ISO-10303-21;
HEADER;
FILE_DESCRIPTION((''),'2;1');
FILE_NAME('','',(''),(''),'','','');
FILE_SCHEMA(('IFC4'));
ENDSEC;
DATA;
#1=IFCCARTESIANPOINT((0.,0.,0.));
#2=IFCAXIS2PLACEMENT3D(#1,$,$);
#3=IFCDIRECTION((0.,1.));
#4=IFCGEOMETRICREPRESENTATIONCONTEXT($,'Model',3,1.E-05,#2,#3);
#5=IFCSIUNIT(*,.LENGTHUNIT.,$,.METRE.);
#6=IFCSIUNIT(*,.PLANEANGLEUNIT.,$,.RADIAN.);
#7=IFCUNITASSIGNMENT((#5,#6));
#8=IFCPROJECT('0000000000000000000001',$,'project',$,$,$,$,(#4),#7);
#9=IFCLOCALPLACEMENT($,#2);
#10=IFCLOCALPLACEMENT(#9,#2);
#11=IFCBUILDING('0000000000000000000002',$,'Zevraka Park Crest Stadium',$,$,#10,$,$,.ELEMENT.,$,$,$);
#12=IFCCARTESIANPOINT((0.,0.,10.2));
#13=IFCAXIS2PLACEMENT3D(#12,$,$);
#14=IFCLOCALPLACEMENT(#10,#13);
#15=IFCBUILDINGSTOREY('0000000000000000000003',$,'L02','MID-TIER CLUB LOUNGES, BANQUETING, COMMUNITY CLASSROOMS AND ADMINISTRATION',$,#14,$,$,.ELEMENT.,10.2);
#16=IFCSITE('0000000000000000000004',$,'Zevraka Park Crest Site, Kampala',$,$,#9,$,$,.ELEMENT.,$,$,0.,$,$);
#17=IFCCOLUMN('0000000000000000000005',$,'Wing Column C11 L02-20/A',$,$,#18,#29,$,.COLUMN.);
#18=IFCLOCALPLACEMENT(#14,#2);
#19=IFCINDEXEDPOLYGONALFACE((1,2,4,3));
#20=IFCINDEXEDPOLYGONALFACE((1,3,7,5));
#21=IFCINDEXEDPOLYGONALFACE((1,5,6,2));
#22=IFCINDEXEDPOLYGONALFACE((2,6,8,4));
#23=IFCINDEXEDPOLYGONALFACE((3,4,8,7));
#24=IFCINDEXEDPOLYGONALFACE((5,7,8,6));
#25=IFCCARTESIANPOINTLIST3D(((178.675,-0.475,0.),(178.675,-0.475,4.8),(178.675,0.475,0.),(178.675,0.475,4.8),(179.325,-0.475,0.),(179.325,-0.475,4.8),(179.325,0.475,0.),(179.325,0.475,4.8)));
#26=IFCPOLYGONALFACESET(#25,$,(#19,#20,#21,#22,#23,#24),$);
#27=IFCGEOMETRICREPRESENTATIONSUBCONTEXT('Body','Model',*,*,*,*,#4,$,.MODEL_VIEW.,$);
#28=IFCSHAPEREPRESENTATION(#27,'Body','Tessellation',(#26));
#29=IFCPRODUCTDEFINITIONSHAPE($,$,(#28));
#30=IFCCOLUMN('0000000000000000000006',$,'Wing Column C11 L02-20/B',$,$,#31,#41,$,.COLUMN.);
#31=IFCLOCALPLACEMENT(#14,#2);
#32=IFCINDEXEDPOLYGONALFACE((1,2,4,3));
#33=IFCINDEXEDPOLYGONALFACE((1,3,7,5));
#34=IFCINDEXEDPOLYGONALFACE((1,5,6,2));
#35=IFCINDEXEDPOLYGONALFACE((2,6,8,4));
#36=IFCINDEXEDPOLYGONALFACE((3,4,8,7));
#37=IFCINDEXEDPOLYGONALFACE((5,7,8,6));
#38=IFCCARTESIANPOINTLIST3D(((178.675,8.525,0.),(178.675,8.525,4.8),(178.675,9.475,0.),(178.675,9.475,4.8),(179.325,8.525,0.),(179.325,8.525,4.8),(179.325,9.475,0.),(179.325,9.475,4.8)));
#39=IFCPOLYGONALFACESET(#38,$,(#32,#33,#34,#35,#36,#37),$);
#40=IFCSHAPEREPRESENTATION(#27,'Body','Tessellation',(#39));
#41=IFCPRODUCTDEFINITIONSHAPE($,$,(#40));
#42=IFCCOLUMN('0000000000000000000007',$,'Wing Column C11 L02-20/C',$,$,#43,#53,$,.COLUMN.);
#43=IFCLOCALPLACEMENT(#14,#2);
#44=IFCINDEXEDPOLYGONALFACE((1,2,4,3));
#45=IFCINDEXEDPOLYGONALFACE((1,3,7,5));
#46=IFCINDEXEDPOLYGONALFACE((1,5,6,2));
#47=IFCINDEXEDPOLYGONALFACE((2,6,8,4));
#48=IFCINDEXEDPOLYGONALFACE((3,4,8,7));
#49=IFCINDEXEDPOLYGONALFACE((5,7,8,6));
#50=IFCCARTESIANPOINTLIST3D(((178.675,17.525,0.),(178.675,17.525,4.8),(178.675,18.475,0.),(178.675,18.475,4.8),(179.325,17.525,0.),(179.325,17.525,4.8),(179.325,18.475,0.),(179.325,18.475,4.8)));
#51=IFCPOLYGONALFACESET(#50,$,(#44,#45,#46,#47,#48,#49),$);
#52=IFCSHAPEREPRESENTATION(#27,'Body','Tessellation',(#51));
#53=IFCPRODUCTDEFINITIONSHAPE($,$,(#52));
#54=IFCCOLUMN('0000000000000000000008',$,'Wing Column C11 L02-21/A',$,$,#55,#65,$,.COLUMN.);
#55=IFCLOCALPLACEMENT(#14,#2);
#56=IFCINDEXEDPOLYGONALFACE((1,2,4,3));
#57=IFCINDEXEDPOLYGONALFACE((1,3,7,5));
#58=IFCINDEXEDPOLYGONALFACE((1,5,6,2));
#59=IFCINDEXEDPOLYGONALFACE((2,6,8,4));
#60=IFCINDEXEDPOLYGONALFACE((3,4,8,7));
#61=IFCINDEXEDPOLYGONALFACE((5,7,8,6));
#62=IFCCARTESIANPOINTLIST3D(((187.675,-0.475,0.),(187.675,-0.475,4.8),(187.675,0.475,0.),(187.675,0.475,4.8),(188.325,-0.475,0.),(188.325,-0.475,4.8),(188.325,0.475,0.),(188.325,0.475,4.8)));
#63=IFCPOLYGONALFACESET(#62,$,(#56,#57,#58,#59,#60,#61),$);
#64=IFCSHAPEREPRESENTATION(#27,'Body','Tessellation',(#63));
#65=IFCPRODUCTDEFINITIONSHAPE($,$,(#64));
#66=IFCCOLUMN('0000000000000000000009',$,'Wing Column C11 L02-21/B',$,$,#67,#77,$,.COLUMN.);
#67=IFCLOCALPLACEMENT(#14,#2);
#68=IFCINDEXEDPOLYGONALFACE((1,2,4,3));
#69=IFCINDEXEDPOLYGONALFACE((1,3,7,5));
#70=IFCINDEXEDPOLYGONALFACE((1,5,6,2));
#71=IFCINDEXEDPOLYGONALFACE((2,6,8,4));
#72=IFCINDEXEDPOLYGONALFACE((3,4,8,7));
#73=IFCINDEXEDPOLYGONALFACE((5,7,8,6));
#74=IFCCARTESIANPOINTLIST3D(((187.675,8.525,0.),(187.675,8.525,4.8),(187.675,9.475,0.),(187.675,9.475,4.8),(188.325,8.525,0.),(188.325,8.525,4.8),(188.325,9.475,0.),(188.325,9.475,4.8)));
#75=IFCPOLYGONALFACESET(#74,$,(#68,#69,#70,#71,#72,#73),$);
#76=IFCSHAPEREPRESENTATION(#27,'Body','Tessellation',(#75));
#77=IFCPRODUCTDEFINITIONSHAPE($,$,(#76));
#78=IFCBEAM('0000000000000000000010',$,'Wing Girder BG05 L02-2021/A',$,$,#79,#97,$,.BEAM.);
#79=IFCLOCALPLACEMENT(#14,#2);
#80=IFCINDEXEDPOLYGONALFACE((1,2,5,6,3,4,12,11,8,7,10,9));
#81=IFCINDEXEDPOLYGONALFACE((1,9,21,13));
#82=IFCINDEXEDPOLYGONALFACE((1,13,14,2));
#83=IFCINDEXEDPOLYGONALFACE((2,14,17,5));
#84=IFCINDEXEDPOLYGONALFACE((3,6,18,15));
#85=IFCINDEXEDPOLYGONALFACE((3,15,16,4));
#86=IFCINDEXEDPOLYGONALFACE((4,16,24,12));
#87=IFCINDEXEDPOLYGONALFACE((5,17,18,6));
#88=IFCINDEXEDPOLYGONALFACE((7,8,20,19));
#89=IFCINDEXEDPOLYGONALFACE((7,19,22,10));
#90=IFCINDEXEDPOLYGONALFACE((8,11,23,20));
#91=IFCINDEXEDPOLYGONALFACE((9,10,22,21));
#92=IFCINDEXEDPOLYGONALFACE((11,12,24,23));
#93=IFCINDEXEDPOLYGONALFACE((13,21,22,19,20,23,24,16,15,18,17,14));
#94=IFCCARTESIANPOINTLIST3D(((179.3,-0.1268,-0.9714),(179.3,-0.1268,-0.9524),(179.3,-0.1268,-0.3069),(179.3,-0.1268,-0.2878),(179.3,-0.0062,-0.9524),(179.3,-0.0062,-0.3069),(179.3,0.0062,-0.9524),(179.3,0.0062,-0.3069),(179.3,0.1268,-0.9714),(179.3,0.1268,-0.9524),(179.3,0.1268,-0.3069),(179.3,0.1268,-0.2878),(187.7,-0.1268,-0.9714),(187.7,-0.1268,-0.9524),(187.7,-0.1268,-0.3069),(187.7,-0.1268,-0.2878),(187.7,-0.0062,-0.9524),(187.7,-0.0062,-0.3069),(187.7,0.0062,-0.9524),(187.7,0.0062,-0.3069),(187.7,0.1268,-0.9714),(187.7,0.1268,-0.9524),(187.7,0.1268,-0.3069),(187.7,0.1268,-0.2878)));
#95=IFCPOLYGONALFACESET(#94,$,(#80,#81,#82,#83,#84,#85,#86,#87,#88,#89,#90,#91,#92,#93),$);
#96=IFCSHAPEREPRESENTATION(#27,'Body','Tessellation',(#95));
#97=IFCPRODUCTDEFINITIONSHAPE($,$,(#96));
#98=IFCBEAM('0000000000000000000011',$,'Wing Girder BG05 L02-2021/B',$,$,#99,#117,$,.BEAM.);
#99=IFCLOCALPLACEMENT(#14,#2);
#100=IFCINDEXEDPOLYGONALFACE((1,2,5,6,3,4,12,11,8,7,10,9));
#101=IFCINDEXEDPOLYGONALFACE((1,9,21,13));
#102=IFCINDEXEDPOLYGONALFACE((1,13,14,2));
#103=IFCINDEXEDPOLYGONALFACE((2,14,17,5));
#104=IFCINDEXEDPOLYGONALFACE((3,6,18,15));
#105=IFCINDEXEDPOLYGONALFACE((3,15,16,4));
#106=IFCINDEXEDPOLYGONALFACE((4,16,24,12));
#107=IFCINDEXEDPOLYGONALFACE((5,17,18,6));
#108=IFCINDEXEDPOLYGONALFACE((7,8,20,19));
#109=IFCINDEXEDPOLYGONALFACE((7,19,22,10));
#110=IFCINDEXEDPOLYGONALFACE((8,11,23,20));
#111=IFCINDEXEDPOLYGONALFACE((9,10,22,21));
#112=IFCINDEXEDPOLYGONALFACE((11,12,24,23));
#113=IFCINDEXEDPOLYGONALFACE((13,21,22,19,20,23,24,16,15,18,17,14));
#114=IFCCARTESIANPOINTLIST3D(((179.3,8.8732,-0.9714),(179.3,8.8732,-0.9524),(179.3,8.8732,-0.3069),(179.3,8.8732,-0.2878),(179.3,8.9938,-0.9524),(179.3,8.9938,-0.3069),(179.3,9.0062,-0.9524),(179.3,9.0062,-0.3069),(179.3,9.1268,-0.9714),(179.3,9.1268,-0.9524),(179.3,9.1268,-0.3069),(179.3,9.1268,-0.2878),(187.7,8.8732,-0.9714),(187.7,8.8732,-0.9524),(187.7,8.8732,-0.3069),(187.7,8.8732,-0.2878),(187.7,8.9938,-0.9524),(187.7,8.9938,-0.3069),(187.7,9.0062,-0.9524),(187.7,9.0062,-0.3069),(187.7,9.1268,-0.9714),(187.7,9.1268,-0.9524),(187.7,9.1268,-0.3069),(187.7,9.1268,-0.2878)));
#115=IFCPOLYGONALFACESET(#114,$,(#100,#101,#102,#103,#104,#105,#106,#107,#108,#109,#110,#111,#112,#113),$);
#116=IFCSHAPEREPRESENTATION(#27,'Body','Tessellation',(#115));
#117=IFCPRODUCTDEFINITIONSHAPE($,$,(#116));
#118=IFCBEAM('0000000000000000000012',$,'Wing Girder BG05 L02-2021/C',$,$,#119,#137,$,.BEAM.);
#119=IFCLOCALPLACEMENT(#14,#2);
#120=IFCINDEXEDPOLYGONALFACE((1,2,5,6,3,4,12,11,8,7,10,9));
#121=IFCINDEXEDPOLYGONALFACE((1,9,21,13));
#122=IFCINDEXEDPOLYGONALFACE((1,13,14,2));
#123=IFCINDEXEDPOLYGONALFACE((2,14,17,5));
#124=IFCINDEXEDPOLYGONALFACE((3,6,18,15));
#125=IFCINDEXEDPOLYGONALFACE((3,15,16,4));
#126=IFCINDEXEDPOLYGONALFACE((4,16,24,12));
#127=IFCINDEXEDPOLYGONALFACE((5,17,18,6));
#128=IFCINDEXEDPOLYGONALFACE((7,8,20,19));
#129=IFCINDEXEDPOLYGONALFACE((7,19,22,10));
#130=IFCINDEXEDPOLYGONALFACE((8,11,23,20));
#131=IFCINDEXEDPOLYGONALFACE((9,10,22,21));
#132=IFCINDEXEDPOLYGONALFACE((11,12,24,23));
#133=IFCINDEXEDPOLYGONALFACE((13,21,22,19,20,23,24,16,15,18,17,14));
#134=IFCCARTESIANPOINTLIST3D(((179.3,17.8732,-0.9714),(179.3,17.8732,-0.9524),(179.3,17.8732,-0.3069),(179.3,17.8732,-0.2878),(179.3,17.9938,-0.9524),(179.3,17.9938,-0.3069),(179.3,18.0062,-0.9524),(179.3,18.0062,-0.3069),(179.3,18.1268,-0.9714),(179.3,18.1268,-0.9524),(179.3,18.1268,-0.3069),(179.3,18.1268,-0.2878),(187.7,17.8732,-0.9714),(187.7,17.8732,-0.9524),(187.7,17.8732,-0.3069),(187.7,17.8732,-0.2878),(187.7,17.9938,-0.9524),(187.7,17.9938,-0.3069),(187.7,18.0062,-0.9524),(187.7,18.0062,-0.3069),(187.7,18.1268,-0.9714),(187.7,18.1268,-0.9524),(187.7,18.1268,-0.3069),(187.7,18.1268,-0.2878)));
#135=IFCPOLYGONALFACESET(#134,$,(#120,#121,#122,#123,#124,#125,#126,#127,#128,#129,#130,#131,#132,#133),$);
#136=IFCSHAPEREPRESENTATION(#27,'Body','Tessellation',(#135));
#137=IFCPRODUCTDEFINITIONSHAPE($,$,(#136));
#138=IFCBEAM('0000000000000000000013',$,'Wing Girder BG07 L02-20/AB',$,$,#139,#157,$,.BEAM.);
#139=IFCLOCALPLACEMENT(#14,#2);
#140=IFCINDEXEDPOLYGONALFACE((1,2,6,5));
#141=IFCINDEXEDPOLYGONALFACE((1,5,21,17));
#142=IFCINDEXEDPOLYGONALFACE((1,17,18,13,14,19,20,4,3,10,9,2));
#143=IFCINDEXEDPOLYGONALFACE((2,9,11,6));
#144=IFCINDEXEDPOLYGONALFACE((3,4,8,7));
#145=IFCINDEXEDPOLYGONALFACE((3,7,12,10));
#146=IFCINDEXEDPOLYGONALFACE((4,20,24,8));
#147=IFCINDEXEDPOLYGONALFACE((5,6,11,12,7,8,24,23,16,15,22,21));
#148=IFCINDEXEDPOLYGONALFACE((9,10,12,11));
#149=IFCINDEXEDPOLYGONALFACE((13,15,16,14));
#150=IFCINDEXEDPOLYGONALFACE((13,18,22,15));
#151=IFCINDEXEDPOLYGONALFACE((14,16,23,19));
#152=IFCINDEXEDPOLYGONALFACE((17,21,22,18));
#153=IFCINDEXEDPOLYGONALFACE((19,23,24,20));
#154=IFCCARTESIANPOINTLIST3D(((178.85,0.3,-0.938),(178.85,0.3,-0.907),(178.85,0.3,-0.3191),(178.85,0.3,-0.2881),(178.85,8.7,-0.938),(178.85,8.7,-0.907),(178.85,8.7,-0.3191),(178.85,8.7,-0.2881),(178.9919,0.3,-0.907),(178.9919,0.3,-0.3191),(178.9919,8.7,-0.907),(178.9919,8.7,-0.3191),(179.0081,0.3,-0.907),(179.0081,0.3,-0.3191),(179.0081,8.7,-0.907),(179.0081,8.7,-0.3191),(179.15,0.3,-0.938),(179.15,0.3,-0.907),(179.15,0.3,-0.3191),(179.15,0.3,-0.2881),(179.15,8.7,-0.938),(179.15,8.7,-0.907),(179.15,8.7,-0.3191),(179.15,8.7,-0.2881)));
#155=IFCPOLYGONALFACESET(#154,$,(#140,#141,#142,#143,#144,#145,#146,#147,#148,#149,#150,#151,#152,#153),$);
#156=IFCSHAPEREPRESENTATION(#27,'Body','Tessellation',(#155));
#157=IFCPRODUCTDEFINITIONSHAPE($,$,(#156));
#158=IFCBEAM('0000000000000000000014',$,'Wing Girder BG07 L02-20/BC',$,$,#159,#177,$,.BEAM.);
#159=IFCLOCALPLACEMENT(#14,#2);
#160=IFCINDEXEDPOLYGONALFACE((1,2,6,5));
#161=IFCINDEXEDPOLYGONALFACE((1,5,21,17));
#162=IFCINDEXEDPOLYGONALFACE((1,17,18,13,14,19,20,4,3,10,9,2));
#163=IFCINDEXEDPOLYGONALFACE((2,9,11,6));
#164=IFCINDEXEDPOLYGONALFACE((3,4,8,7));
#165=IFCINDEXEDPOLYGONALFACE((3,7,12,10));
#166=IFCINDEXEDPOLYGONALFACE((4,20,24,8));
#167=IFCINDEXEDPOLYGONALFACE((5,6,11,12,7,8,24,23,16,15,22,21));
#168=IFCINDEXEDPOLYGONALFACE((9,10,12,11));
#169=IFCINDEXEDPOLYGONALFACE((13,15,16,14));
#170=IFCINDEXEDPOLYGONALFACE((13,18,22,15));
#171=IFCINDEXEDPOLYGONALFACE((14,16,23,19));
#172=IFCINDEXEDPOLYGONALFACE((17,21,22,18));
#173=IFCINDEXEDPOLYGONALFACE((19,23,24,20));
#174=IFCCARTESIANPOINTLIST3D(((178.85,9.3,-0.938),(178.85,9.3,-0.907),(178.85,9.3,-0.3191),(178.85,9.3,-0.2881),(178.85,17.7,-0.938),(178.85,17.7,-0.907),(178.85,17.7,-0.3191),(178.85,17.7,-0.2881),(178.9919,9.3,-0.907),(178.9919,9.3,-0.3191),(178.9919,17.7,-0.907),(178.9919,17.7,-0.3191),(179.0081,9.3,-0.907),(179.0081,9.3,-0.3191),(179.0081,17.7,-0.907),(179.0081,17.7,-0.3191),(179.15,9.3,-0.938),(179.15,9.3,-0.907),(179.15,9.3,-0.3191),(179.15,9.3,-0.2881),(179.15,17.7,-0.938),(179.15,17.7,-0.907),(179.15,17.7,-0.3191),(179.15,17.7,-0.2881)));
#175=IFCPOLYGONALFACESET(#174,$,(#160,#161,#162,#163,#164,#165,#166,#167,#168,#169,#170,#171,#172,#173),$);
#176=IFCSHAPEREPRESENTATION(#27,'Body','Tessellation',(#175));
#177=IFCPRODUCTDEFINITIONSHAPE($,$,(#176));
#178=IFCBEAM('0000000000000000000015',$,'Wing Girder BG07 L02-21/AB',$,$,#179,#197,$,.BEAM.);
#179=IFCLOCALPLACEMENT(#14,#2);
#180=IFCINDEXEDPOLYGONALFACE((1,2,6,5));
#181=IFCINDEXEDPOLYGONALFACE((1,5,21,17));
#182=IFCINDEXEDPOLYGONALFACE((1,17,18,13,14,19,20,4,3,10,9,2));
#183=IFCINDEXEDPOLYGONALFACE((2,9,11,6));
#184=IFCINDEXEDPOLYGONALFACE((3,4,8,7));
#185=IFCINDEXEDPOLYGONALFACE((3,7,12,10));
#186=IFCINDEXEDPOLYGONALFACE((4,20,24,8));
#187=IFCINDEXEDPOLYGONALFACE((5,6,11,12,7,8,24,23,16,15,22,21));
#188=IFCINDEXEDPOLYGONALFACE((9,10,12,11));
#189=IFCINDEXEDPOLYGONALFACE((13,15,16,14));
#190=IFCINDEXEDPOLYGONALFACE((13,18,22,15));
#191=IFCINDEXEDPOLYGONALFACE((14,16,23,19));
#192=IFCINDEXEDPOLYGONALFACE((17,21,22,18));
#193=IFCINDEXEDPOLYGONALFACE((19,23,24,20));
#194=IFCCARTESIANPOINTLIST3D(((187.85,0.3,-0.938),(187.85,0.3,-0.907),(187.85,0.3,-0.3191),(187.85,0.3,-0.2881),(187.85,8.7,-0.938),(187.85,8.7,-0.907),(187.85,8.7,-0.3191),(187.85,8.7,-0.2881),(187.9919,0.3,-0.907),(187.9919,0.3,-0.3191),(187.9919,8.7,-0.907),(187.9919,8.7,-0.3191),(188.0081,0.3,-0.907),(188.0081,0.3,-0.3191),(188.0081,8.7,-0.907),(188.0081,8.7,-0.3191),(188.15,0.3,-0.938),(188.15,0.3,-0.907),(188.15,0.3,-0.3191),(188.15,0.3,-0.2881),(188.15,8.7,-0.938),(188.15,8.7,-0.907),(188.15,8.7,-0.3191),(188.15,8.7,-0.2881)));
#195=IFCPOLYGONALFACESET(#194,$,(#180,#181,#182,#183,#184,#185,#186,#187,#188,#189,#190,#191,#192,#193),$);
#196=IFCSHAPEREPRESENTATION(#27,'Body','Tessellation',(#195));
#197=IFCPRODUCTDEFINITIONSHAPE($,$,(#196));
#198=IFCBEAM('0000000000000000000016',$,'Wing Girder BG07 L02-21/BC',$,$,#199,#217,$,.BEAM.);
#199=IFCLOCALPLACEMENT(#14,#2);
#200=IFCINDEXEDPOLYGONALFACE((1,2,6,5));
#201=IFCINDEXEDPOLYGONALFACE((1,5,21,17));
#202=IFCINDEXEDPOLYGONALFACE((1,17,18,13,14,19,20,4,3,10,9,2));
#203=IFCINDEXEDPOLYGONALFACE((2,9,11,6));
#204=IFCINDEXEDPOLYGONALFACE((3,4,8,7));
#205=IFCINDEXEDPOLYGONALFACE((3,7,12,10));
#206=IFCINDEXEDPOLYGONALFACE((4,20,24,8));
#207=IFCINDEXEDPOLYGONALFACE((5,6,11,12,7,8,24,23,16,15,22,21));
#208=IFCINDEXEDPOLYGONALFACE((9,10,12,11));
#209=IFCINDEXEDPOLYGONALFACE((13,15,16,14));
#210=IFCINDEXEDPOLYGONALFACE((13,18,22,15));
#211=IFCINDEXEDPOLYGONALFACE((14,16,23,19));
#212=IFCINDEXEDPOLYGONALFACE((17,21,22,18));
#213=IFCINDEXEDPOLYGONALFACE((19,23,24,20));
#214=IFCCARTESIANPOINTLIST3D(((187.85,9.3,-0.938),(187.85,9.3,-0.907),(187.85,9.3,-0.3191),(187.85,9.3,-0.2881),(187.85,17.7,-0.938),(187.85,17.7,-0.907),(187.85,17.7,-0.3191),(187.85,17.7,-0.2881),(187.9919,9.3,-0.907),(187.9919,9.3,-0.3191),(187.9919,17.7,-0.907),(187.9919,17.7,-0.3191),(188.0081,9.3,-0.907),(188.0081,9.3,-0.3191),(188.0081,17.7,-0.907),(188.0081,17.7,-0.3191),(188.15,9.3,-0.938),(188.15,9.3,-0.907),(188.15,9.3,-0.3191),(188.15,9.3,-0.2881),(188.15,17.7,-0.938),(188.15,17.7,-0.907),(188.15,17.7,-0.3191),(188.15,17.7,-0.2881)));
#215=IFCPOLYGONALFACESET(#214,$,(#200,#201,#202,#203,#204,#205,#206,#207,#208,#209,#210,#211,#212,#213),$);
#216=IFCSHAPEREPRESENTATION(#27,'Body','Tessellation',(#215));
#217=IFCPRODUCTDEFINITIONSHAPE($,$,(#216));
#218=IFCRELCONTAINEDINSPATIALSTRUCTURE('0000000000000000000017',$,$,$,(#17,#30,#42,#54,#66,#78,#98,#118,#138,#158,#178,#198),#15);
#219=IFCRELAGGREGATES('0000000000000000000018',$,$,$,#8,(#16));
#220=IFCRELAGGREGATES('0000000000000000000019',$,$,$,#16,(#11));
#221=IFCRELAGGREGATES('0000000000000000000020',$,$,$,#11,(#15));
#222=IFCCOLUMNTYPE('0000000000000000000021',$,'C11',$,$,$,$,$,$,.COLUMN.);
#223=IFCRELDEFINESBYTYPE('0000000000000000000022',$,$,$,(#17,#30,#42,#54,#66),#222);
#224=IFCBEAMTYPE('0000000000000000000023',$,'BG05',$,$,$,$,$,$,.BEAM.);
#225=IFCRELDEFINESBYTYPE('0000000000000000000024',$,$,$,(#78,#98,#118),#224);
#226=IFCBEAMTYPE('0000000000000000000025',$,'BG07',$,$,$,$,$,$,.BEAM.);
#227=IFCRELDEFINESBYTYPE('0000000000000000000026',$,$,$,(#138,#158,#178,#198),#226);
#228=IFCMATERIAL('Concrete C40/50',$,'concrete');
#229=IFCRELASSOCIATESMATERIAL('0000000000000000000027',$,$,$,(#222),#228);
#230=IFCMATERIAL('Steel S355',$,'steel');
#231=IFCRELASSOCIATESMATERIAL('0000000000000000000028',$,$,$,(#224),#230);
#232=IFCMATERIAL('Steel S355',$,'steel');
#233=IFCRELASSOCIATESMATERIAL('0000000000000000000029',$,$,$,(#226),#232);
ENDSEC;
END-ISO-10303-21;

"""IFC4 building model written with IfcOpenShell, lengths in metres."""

from ifc_helpers import new_model, si_unit, direction, frame, origin, origin_2d, place, context, subcontext, project, spatial, rectangle, i_section, extrude, material, material_profile, profile_set, type_object, element, save


model = new_model("IFC4")

# Units and contexts
model_context = context("Model", 3, precision=1e-05, world=origin(), true_north=direction((0.0, 1.0)))
body_context = subcontext(model_context, "Body", "Model", "MODEL_VIEW")
ifc_project = project(units=[si_unit("LENGTHUNIT", "METRE"), si_unit("PLANEANGLEUNIT", "RADIAN")], contexts=[model_context])

# Site, building, storey
site_placement = place(None, origin())
site = spatial("IfcSite", under=ifc_project, at=site_placement, Name="Zevraka Park Crest Site, Kampala", CompositionType="ELEMENT", RefElevation=0.0)
building_placement = place(site_placement, origin())
building = spatial("IfcBuilding", under=site, at=building_placement, Name="Zevraka Park Crest Stadium", CompositionType="ELEMENT")
storey_placement = place(building_placement, frame((0.0, 0.0, 10.2)))
storey = spatial("IfcBuildingStorey", under=building, at=storey_placement, Name="L02", Description="MID-TIER CLUB LOUNGES, BANQUETING, COMMUNITY CLASSROOMS AND ADMINISTRATION", CompositionType="ELEMENT", Elevation=10.2)

# Columns
ifc_material_1 = material(Name="Concrete C40/50", Category="concrete")
ifc_material_profile_1 = material_profile(ifc_material_1, rectangle(XDim=0.6499, YDim=0.95, at=origin_2d()), Name="RC 950x650")
ifc_profile_set_1 = profile_set([ifc_material_profile_1], Name="Concrete C40/50")
column_type = type_object("IfcColumnType", Name="C11", PredefinedType="COLUMN", material=ifc_profile_set_1)
for number, where, z_axis, x_axis, name in (
    (1, (179.0, 0.0, 0.0), (0.0, 0.0, 1.0), (1.0, 0.0, 0.0), "Wing Column C11 L02-20/A"),
    (2, (179.0, 9.0, 0.0), (0.0, 0.0, 1.0), (1.0, 0.0, 0.0), "Wing Column C11 L02-20/B"),
    (3, (179.0, 18.0, 0.0), (0.0, 0.0, 1.0), (1.0, 0.0, 0.0), "Wing Column C11 L02-20/C"),
    (4, (188.0, 0.0, 0.0), (0.0, 0.0, 1.0), (1.0, 0.0, 0.0), "Wing Column C11 L02-21/A"),
    (5, (188.0, 9.0, 0.0), (0.0, 0.0, 1.0), (1.0, 0.0, 0.0), "Wing Column C11 L02-21/B"),
):
    element("IfcColumn", number, at=place(storey_placement, frame(where, z_axis=z_axis, x_axis=x_axis)), inside=storey, type_object=column_type, Name=name, PredefinedType="COLUMN", context=body_context, shape_type="SweptSolid", body=[
        extrude(rectangle(XDim=0.6499, YDim=0.95, at=origin_2d()), origin(), (0.0, 0.0, 1.0), 4.8),
    ])

# Beams
ifc_material_2 = material(Name="Steel S355", Category="steel")
ifc_material_profile_2 = material_profile(ifc_material_2, i_section(OverallWidth=0.2537, OverallDepth=0.6836, WebThickness=0.0125, FlangeThickness=0.019, at=origin_2d()), Name="UKB 686x254x140")
ifc_profile_set_2 = profile_set([ifc_material_profile_2], Name="Steel S355")
beam_type_1 = type_object("IfcBeamType", Name="BG05", PredefinedType="BEAM", material=ifc_profile_set_2)
for number, where, z_axis, x_axis, name in (
    (6, (179.3, 0.0, -0.6296), (1.0, 0.0, 0.0), (0.0, 1.0, 0.0), "Wing Girder BG05 L02-2021/A"),
    (7, (179.3, 9.0, -0.6296), (1.0, 0.0, 0.0), (0.0, 1.0, 0.0), "Wing Girder BG05 L02-2021/B"),
    (8, (179.3, 18.0, -0.6296), (1.0, 0.0, 0.0), (0.0, 1.0, 0.0), "Wing Girder BG05 L02-2021/C"),
):
    element("IfcBeam", number, at=place(storey_placement, frame(where, z_axis=z_axis, x_axis=x_axis)), inside=storey, type_object=beam_type_1, Name=name, PredefinedType="BEAM", context=body_context, shape_type="SweptSolid", body=[
        extrude(i_section(OverallWidth=0.2537, OverallDepth=0.6836, WebThickness=0.0125, FlangeThickness=0.019, at=origin_2d()), origin(), (0.0, 0.0, 1.0), 8.3999),
    ])
ifc_material_3 = material(Name="Steel S355", Category="steel")
ifc_material_profile_3 = material_profile(ifc_material_3, i_section(OverallWidth=0.3, OverallDepth=0.6499, WebThickness=0.0161, FlangeThickness=0.031, at=origin_2d()), Name="HEB 650")
ifc_profile_set_3 = profile_set([ifc_material_profile_3], Name="Steel S355")
beam_type_2 = type_object("IfcBeamType", Name="BG07", PredefinedType="BEAM", material=ifc_profile_set_3)
for number, where, z_axis, x_axis, name in (
    (9, (179.0, 0.3, -0.613), (0.0, 1.0, 0.0), (-1.0, 0.0, 0.0), "Wing Girder BG07 L02-20/AB"),
    (10, (179.0, 9.3, -0.613), (0.0, 1.0, 0.0), (-1.0, 0.0, 0.0), "Wing Girder BG07 L02-20/BC"),
    (11, (188.0, 0.3, -0.613), (0.0, 1.0, 0.0), (-1.0, 0.0, 0.0), "Wing Girder BG07 L02-21/AB"),
    (12, (188.0, 9.3, -0.613), (0.0, 1.0, 0.0), (-1.0, 0.0, 0.0), "Wing Girder BG07 L02-21/BC"),
):
    element("IfcBeam", number, at=place(storey_placement, frame(where, z_axis=z_axis, x_axis=x_axis)), inside=storey, type_object=beam_type_2, Name=name, PredefinedType="BEAM", context=body_context, shape_type="SweptSolid", body=[
        extrude(i_section(OverallWidth=0.3, OverallDepth=0.6499, WebThickness=0.0161, FlangeThickness=0.031, at=origin_2d()), origin(), (0.0, 0.0, 1.0), 8.3999),
    ])

save(model, "model.ifc")
